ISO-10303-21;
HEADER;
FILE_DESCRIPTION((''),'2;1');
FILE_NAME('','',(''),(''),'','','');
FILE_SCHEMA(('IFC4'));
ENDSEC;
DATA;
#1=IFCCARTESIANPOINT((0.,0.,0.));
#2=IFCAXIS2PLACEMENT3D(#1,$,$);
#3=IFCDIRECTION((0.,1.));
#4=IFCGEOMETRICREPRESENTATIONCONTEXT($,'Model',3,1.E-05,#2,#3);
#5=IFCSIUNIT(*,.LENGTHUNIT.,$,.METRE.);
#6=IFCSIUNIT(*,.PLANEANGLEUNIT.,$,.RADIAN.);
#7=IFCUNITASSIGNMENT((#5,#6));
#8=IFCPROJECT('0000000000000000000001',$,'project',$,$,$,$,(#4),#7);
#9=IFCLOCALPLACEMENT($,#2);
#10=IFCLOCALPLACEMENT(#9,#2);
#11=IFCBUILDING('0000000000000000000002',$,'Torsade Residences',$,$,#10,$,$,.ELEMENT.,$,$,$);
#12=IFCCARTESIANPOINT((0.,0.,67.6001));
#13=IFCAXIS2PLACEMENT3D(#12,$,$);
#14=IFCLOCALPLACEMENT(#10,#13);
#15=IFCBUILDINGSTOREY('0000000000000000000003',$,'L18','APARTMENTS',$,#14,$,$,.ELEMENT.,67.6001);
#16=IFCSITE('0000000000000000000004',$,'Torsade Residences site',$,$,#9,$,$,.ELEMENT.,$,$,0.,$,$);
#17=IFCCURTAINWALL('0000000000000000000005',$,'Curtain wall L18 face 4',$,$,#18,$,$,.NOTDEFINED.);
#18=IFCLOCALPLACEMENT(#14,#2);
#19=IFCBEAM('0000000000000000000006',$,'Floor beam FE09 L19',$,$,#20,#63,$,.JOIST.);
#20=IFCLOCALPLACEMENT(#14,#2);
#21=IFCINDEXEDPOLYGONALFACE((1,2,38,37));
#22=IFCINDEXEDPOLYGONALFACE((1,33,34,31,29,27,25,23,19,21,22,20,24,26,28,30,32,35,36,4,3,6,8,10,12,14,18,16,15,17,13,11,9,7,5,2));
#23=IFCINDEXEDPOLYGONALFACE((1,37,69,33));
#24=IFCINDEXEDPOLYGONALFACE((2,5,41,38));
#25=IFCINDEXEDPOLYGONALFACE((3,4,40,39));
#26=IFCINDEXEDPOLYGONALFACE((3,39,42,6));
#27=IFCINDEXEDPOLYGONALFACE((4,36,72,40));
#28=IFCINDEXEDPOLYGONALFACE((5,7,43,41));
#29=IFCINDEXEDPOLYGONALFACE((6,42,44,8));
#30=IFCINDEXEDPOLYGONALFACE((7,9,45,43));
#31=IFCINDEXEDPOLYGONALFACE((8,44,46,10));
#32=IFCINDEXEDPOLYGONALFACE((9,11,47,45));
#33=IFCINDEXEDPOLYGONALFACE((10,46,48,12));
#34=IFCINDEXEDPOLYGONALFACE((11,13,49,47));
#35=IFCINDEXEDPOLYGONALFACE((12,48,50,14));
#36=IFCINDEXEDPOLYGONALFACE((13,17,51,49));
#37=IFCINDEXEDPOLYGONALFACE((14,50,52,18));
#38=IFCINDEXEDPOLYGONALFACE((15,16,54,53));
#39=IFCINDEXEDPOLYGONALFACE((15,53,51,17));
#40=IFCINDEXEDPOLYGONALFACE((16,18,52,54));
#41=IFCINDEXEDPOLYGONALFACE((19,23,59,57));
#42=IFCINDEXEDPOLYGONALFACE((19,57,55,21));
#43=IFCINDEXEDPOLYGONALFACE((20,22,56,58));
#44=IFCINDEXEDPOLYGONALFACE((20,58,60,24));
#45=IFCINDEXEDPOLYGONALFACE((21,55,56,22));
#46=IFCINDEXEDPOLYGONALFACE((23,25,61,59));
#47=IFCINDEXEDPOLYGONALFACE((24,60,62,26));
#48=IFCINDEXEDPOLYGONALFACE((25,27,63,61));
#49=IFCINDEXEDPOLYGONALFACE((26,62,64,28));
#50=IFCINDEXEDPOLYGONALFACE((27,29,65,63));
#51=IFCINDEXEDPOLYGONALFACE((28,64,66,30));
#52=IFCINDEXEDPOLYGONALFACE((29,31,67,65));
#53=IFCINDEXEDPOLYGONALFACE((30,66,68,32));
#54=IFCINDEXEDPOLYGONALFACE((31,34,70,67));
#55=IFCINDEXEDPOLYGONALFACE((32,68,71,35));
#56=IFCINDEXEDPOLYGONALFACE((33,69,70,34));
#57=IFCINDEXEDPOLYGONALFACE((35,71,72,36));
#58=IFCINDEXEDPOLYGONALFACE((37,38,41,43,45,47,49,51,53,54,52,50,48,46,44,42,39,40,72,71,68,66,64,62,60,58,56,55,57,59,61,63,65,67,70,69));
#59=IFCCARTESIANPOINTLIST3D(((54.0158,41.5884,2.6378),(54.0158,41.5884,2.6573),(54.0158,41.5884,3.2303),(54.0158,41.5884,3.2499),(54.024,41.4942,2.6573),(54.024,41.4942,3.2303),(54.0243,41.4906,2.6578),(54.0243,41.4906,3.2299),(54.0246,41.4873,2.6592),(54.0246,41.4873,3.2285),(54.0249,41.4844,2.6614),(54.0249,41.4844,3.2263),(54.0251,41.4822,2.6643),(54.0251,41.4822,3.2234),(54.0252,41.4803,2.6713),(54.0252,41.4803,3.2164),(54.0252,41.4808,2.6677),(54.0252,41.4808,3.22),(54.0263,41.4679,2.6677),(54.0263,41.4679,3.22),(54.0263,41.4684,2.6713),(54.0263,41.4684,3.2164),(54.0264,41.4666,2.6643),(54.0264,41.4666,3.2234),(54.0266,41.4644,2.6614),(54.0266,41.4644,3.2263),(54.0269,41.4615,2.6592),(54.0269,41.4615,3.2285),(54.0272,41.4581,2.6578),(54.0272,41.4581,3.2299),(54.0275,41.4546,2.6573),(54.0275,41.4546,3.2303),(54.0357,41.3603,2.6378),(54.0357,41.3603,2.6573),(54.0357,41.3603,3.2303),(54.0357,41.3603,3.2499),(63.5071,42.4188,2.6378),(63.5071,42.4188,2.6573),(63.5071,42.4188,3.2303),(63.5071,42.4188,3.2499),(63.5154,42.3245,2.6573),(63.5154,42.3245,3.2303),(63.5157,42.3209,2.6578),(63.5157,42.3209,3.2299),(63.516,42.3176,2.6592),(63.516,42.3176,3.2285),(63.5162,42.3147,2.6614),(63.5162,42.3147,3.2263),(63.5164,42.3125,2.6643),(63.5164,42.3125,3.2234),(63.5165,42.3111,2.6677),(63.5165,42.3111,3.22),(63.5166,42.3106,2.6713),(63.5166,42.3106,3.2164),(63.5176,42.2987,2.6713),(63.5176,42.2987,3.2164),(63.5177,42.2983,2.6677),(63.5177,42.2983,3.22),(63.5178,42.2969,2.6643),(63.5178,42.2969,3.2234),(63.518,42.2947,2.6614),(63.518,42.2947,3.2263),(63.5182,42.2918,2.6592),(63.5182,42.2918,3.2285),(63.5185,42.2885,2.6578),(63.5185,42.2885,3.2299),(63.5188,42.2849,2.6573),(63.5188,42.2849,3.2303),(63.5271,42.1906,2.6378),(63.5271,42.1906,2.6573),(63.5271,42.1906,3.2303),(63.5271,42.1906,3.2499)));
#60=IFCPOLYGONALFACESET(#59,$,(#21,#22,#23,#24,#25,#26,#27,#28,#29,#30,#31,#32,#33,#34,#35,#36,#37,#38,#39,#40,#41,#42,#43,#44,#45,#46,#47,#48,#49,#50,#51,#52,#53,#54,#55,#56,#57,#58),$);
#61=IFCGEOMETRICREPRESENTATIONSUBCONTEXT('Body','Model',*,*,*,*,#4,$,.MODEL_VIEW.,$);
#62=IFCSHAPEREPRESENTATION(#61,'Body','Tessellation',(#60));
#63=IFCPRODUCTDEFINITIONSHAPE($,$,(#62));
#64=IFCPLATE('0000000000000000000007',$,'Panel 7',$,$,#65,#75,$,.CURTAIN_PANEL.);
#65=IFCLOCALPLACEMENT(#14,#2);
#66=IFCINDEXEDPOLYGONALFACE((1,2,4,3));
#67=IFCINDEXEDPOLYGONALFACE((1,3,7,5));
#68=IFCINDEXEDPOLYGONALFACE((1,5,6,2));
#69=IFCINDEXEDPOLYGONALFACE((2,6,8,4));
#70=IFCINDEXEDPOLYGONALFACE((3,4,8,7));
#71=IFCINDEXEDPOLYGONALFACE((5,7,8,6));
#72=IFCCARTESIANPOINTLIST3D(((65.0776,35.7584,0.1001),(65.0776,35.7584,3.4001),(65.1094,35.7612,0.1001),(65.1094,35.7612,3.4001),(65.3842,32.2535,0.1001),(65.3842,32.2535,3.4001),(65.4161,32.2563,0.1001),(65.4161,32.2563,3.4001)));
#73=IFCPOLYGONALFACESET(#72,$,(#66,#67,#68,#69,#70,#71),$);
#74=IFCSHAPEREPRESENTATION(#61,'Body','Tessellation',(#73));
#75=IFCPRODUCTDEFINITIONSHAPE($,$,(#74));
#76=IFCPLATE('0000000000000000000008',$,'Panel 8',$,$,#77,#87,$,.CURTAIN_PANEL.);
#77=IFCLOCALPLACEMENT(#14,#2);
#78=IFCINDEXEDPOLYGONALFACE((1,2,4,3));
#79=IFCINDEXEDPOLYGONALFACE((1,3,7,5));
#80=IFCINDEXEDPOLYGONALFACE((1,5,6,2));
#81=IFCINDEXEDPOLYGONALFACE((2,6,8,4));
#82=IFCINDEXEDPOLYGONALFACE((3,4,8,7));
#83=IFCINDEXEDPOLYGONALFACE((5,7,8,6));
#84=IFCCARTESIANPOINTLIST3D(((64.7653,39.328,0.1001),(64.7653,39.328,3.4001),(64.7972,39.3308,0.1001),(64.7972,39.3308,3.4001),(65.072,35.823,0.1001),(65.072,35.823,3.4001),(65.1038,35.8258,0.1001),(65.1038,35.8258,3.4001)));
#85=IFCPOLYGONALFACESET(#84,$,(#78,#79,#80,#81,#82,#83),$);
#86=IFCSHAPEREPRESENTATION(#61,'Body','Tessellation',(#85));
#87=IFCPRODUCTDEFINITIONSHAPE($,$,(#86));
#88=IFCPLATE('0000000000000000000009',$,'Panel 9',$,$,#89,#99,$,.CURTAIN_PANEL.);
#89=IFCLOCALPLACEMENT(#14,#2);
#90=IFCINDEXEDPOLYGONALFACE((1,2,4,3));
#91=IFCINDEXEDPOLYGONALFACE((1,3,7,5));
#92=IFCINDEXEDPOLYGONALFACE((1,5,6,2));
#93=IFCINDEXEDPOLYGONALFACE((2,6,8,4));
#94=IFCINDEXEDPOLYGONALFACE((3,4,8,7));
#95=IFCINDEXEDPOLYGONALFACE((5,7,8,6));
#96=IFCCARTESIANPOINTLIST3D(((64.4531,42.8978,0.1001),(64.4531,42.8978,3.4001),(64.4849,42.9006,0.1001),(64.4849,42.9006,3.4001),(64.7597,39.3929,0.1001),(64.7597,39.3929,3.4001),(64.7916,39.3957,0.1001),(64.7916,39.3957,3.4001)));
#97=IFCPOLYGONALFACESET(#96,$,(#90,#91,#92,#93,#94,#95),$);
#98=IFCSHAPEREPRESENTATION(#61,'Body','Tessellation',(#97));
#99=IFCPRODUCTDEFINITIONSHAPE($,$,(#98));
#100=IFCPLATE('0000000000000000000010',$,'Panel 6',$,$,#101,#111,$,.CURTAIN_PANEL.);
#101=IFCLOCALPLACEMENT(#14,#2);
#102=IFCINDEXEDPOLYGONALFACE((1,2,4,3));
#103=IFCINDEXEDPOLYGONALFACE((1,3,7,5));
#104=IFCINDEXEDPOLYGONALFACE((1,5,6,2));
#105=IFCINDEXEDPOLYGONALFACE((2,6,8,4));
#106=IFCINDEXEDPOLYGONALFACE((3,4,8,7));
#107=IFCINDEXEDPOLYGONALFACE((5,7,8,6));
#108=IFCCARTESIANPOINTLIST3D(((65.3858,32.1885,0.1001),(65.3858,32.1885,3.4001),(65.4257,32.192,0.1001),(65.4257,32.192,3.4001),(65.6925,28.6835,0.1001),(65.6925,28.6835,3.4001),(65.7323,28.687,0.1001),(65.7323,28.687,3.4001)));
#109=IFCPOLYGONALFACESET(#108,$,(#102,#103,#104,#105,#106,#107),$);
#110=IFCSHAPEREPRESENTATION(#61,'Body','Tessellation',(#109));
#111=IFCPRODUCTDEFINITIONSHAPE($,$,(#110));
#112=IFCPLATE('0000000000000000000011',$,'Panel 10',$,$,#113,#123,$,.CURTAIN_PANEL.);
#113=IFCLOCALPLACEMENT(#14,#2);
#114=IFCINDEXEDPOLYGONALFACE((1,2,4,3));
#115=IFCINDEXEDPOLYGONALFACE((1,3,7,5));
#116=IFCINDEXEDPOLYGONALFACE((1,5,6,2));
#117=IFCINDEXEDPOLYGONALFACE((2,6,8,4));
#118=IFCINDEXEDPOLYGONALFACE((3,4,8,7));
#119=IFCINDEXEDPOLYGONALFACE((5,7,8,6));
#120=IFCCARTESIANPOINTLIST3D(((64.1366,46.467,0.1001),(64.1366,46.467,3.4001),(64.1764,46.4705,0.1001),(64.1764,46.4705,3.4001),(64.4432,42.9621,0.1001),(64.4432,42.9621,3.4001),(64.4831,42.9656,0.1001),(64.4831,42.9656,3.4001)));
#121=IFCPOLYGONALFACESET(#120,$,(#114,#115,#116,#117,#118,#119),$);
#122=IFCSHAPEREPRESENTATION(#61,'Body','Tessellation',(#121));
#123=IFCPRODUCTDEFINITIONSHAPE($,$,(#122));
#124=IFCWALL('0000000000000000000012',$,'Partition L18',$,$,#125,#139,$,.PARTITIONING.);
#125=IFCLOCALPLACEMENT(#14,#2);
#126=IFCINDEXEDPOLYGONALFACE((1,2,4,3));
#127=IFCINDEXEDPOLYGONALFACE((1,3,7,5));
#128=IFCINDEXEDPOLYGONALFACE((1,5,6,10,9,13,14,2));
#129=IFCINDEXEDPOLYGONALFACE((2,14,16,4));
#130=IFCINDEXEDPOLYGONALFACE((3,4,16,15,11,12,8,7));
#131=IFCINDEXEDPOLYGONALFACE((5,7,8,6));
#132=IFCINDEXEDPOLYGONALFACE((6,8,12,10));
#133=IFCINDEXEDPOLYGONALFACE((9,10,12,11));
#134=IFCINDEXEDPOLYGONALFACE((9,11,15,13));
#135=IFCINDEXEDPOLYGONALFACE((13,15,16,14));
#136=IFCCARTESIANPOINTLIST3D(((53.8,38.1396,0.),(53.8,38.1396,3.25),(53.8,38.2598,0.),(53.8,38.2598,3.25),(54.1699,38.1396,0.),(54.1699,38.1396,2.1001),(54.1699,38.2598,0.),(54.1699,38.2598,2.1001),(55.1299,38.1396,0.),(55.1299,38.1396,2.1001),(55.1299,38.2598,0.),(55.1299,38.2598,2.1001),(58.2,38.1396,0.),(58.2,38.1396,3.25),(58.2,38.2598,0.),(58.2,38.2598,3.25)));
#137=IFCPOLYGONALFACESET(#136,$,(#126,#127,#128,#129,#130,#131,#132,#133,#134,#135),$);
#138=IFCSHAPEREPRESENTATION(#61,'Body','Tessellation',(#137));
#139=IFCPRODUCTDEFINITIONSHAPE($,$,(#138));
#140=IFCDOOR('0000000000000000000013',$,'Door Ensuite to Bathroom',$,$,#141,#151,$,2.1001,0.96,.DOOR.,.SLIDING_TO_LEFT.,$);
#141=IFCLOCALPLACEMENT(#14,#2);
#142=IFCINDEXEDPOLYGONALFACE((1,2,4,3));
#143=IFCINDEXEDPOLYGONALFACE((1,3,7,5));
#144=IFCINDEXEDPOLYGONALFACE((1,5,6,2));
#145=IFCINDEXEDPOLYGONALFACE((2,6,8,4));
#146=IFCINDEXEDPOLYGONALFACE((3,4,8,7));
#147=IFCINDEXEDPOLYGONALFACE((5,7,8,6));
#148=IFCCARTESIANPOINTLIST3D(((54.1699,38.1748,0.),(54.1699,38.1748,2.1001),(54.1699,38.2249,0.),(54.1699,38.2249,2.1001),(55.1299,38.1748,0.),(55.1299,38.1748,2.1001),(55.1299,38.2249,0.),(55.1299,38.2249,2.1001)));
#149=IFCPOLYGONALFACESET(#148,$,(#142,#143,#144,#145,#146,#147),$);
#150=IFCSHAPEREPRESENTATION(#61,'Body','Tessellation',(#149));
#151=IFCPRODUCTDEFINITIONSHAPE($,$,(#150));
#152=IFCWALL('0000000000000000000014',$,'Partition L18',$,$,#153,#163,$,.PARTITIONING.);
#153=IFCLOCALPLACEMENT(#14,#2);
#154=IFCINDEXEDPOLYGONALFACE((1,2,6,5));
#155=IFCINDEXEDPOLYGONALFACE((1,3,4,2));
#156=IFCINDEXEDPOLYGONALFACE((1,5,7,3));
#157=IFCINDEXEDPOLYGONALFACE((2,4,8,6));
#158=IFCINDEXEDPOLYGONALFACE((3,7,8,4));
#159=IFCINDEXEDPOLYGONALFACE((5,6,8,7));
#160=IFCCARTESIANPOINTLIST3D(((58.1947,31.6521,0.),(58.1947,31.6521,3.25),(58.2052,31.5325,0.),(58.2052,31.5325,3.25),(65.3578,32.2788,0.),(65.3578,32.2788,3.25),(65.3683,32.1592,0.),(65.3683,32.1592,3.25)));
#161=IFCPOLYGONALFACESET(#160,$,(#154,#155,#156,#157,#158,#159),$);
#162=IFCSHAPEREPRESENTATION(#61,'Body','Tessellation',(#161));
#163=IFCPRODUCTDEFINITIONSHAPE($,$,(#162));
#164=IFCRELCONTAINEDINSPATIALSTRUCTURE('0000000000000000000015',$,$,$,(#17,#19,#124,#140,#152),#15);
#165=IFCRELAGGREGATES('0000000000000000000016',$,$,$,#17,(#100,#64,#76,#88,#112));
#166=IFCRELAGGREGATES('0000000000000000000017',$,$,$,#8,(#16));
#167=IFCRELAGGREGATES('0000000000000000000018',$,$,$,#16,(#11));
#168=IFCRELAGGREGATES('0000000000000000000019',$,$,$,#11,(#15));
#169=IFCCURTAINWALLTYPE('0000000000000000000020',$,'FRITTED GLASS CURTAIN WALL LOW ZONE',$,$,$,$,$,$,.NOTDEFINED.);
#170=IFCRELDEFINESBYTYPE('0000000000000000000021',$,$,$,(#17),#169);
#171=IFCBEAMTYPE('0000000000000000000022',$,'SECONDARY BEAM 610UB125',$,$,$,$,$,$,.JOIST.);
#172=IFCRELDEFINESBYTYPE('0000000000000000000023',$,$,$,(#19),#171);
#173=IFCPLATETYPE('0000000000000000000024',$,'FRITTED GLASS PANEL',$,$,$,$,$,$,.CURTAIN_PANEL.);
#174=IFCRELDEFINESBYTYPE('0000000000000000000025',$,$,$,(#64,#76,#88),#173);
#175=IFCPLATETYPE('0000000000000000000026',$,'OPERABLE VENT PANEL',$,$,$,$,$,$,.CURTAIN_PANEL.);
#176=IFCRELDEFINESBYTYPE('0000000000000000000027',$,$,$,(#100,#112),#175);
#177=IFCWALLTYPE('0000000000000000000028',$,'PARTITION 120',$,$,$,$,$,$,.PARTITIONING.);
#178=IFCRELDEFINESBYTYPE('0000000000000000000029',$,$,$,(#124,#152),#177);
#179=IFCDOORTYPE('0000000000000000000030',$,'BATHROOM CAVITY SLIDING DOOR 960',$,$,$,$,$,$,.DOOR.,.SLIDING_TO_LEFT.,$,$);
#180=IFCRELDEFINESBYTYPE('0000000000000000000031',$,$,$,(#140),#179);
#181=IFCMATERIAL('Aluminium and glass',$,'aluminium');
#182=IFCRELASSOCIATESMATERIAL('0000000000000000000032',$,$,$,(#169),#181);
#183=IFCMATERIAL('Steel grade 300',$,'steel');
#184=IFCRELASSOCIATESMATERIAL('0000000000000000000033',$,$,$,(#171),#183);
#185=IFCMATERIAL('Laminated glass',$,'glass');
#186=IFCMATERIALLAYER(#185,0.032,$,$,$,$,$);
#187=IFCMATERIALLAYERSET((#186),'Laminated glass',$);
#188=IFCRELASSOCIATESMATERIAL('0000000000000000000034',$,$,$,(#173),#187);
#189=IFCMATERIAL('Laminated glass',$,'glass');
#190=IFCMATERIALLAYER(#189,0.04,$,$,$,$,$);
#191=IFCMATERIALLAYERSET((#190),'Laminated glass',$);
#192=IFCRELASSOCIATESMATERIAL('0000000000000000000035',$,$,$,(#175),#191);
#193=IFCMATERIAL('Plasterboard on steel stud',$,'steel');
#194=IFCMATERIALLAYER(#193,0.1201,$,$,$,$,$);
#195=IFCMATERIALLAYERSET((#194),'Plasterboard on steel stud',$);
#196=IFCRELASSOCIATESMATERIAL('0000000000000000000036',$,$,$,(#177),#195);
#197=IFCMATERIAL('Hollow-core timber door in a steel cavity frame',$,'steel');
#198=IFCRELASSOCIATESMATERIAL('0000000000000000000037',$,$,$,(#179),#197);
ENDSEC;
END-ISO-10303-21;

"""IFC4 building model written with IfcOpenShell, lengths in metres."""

from ifc_helpers import new_model, si_unit, direction, frame, frame_2d, origin, origin_2d, place, context, subcontext, project, spatial, rectangle, i_section, extrude, material, layer, layer_set, material_profile, profile_set, type_object, element, fill, aggregate, save


model = new_model("IFC4")

# Units and contexts
model_context = context("Model", 3, precision=1e-05, world=origin(), true_north=direction((0.0, 1.0)))
body_context = subcontext(model_context, "Body", "Model", "MODEL_VIEW")
ifc_project = project(units=[si_unit("LENGTHUNIT", "METRE"), si_unit("PLANEANGLEUNIT", "RADIAN")], contexts=[model_context])

# Site, building, storey
site_placement = place(None, origin())
site = spatial("IfcSite", under=ifc_project, at=site_placement, Name="Torsade Residences site", CompositionType="ELEMENT", RefElevation=0.0)
building_placement = place(site_placement, origin())
building = spatial("IfcBuilding", under=site, at=building_placement, Name="Torsade Residences", CompositionType="ELEMENT")
storey_placement = place(building_placement, frame((0.0, 0.0, 67.6001)))
storey = spatial("IfcBuildingStorey", under=building, at=storey_placement, Name="L18", Description="APARTMENTS", CompositionType="ELEMENT", Elevation=67.6001)

# Curtain wall
ifc_material_1 = material(Name="Aluminium and glass", Category="aluminium")
curtain_wall_type = type_object("IfcCurtainWallType", Name="FRITTED GLASS CURTAIN WALL LOW ZONE", PredefinedType="NOTDEFINED", material=ifc_material_1)
curtain_wall_placement = place(storey_placement, origin())
curtain_wall = element("IfcCurtainWall", 1, at=curtain_wall_placement, inside=storey, type_object=curtain_wall_type, Name="Curtain wall L18 face 4", PredefinedType="NOTDEFINED")

# Beam
ifc_material_2 = material(Name="Steel grade 300", Category="steel")
ifc_material_profile_1 = material_profile(ifc_material_2, i_section(OverallWidth=0.229, OverallDepth=0.6121, WebThickness=0.012, FlangeThickness=0.0195, FilletRadius=0.0139, at=origin_2d()), Name="610UB125")
ifc_profile_set_1 = profile_set([ifc_material_profile_1], Name="Steel grade 300")
beam_type_1 = type_object("IfcBeamType", Name="SECONDARY BEAM 610UB125", PredefinedType="JOIST", material=ifc_profile_set_1)
beam_1_placement = place(storey_placement, frame((63.5171, 42.3047, 2.9438), z_axis=(-0.996195, -0.087148, 0.0), x_axis=(0.087148, -0.996195, 0.0)))
element("IfcBeam", 2, at=beam_1_placement, inside=storey, type_object=beam_type_1, Name="Floor beam FE09 L19", PredefinedType="JOIST", context=body_context, shape_type="SweptSolid", body=[
    extrude(i_section(OverallWidth=0.229, OverallDepth=0.6121, WebThickness=0.012, FlangeThickness=0.0195, FilletRadius=0.0139, at=origin_2d()), origin(), (0.0, 0.0, 1.0), 9.5276),
])

# Plates
ifc_material_3 = material(Name="Laminated glass", Category="glass")
ifc_layer_1 = layer(ifc_material_3, 0.032)
ifc_layer_set_1 = layer_set([ifc_layer_1], Name="Laminated glass")
plate_type_1 = type_object("IfcPlateType", Name="FRITTED GLASS PANEL", PredefinedType="CURTAIN_PANEL", material=ifc_layer_set_1)
plate_1_placement = place(storey_placement, frame((65.2468, 34.0073, 0.1001), z_axis=(0.0, 0.0, 1.0), x_axis=(-0.087156, 0.996195, 0.0)))
plate_1 = element("IfcPlate", 3, at=plate_1_placement, type_object=plate_type_1, Name="Panel 7", PredefinedType="CURTAIN_PANEL", context=body_context, shape_type="SweptSolid", body=[
    extrude(rectangle(XDim=3.5183, YDim=0.032, at=origin_2d()), origin(), (0.0, 0.0, 1.0), 3.3),
])
plate_2_placement = place(storey_placement, frame((64.9346, 37.5769, 0.1001), z_axis=(0.0, 0.0, 1.0), x_axis=(-0.087156, 0.996195, 0.0)))
plate_2 = element("IfcPlate", 4, at=plate_2_placement, type_object=plate_type_1, Name="Panel 8", PredefinedType="CURTAIN_PANEL", context=body_context, shape_type="SweptSolid", body=[
    extrude(rectangle(XDim=3.5183, YDim=0.032, at=origin_2d()), origin(), (0.0, 0.0, 1.0), 3.3),
])
plate_3_placement = place(storey_placement, frame((64.6223, 41.1467, 0.1001), z_axis=(0.0, 0.0, 1.0), x_axis=(-0.087156, 0.996195, 0.0)))
plate_3 = element("IfcPlate", 5, at=plate_3_placement, type_object=plate_type_1, Name="Panel 9", PredefinedType="CURTAIN_PANEL", context=body_context, shape_type="SweptSolid", body=[
    extrude(rectangle(XDim=3.5183, YDim=0.032, at=origin_2d()), origin(), (0.0, 0.0, 1.0), 3.3),
])
ifc_material_4 = material(Name="Laminated glass", Category="glass")
ifc_layer_2 = layer(ifc_material_4, 0.04)
ifc_layer_set_2 = layer_set([ifc_layer_2], Name="Laminated glass")
plate_type_2 = type_object("IfcPlateType", Name="OPERABLE VENT PANEL", PredefinedType="CURTAIN_PANEL", material=ifc_layer_set_2)
plate_4_placement = place(storey_placement, frame((65.5591, 30.4377, 0.1001), z_axis=(0.0, 0.0, 1.0), x_axis=(-0.087156, 0.996195, 0.0)))
plate_4 = element("IfcPlate", 6, at=plate_4_placement, type_object=plate_type_2, Name="Panel 6", PredefinedType="CURTAIN_PANEL", context=body_context, shape_type="SweptSolid", body=[
    extrude(rectangle(XDim=3.5183, YDim=0.04, at=origin_2d()), origin(), (0.0, 0.0, 1.0), 3.3),
])
plate_5_placement = place(storey_placement, frame((64.3098, 44.7163, 0.1001), z_axis=(0.0, 0.0, 1.0), x_axis=(-0.087156, 0.996195, 0.0)))
plate_5 = element("IfcPlate", 7, at=plate_5_placement, type_object=plate_type_2, Name="Panel 10", PredefinedType="CURTAIN_PANEL", context=body_context, shape_type="SweptSolid", body=[
    extrude(rectangle(XDim=3.5183, YDim=0.04, at=origin_2d()), origin(), (0.0, 0.0, 1.0), 3.3),
])
aggregate(curtain_wall, [plate_4, plate_1, plate_2, plate_3, plate_5])

# Wall, opening, door
ifc_material_5 = material(Name="Plasterboard on steel stud", Category="steel")
ifc_layer_3 = layer(ifc_material_5, 0.1201)
ifc_layer_set_3 = layer_set([ifc_layer_3], Name="Plasterboard on steel stud")
wall_type_1 = type_object("IfcWallType", Name="PARTITION 120", PredefinedType="PARTITIONING", material=ifc_layer_set_3)
wall_1_placement = place(storey_placement, frame((58.2, 38.1997, 0.0), z_axis=(0.0, 0.0, 1.0), x_axis=(-1.0, 0.0, 0.0)))
wall_1 = element("IfcWall", 8, at=wall_1_placement, inside=storey, type_object=wall_type_1, Name="Partition L18", PredefinedType="PARTITIONING", context=body_context, shape_type="SweptSolid", body=[
    extrude(rectangle(XDim=4.3999, YDim=0.1201, at=frame_2d((2.2, 0.0))), origin(), (0.0, 0.0, 1.0), 3.25),
])
opening_1_placement = place(wall_1_placement, frame((3.0701, 0.0, 0.0)))
opening_1 = element("IfcOpeningElement", 9, at=opening_1_placement, cuts=wall_1, PredefinedType="OPENING", context=body_context, shape_type="SweptSolid", body=[
    extrude(rectangle(XDim=0.96, YDim=2.1001, at=frame_2d((0.48, 1.05))), frame((0.0, 0.0701, 0.0), z_axis=(0.0, -1.0, 0.0), x_axis=(1.0, 0.0, 0.0)), (0.0, 0.0, 1.0), 0.1401),
])
ifc_material_6 = material(Name="Hollow-core timber door in a steel cavity frame", Category="steel")
door_type_1 = type_object("IfcDoorType", Name="BATHROOM CAVITY SLIDING DOOR 960", OperationType="SLIDING_TO_LEFT", PredefinedType="DOOR", material=ifc_material_6)
door_1_placement = place(opening_1_placement, origin())
door_1 = element("IfcDoor", 10, at=door_1_placement, inside=storey, type_object=door_type_1, Name="Door Ensuite to Bathroom", OperationType="SLIDING_TO_LEFT", OverallHeight=2.1001, OverallWidth=0.96, PredefinedType="DOOR", context=body_context, shape_type="SweptSolid", body=[
    extrude(rectangle(XDim=0.96, YDim=2.1001, at=frame_2d((0.48, 1.05))), frame((0.0, 0.0249, 0.0), z_axis=(0.0, -1.0, 0.0), x_axis=(1.0, 0.0, 0.0)), (0.0, 0.0, 1.0), 0.05),
])
fill(opening_1, door_1)

# Wall
wall_2_placement = place(storey_placement, frame((65.363, 32.219, 0.0), z_axis=(0.0, 0.0, 1.0), x_axis=(-0.996194, -0.087159, 0.0)))
element("IfcWall", 11, at=wall_2_placement, inside=storey, type_object=wall_type_1, Name="Partition L18", PredefinedType="PARTITIONING", context=body_context, shape_type="SweptSolid", body=[
    extrude(rectangle(XDim=7.1904, YDim=0.1201, at=frame_2d((3.5952, 0.0))), origin(), (0.0, 0.0, 1.0), 3.25),
])

save(model, "model.ifc")
